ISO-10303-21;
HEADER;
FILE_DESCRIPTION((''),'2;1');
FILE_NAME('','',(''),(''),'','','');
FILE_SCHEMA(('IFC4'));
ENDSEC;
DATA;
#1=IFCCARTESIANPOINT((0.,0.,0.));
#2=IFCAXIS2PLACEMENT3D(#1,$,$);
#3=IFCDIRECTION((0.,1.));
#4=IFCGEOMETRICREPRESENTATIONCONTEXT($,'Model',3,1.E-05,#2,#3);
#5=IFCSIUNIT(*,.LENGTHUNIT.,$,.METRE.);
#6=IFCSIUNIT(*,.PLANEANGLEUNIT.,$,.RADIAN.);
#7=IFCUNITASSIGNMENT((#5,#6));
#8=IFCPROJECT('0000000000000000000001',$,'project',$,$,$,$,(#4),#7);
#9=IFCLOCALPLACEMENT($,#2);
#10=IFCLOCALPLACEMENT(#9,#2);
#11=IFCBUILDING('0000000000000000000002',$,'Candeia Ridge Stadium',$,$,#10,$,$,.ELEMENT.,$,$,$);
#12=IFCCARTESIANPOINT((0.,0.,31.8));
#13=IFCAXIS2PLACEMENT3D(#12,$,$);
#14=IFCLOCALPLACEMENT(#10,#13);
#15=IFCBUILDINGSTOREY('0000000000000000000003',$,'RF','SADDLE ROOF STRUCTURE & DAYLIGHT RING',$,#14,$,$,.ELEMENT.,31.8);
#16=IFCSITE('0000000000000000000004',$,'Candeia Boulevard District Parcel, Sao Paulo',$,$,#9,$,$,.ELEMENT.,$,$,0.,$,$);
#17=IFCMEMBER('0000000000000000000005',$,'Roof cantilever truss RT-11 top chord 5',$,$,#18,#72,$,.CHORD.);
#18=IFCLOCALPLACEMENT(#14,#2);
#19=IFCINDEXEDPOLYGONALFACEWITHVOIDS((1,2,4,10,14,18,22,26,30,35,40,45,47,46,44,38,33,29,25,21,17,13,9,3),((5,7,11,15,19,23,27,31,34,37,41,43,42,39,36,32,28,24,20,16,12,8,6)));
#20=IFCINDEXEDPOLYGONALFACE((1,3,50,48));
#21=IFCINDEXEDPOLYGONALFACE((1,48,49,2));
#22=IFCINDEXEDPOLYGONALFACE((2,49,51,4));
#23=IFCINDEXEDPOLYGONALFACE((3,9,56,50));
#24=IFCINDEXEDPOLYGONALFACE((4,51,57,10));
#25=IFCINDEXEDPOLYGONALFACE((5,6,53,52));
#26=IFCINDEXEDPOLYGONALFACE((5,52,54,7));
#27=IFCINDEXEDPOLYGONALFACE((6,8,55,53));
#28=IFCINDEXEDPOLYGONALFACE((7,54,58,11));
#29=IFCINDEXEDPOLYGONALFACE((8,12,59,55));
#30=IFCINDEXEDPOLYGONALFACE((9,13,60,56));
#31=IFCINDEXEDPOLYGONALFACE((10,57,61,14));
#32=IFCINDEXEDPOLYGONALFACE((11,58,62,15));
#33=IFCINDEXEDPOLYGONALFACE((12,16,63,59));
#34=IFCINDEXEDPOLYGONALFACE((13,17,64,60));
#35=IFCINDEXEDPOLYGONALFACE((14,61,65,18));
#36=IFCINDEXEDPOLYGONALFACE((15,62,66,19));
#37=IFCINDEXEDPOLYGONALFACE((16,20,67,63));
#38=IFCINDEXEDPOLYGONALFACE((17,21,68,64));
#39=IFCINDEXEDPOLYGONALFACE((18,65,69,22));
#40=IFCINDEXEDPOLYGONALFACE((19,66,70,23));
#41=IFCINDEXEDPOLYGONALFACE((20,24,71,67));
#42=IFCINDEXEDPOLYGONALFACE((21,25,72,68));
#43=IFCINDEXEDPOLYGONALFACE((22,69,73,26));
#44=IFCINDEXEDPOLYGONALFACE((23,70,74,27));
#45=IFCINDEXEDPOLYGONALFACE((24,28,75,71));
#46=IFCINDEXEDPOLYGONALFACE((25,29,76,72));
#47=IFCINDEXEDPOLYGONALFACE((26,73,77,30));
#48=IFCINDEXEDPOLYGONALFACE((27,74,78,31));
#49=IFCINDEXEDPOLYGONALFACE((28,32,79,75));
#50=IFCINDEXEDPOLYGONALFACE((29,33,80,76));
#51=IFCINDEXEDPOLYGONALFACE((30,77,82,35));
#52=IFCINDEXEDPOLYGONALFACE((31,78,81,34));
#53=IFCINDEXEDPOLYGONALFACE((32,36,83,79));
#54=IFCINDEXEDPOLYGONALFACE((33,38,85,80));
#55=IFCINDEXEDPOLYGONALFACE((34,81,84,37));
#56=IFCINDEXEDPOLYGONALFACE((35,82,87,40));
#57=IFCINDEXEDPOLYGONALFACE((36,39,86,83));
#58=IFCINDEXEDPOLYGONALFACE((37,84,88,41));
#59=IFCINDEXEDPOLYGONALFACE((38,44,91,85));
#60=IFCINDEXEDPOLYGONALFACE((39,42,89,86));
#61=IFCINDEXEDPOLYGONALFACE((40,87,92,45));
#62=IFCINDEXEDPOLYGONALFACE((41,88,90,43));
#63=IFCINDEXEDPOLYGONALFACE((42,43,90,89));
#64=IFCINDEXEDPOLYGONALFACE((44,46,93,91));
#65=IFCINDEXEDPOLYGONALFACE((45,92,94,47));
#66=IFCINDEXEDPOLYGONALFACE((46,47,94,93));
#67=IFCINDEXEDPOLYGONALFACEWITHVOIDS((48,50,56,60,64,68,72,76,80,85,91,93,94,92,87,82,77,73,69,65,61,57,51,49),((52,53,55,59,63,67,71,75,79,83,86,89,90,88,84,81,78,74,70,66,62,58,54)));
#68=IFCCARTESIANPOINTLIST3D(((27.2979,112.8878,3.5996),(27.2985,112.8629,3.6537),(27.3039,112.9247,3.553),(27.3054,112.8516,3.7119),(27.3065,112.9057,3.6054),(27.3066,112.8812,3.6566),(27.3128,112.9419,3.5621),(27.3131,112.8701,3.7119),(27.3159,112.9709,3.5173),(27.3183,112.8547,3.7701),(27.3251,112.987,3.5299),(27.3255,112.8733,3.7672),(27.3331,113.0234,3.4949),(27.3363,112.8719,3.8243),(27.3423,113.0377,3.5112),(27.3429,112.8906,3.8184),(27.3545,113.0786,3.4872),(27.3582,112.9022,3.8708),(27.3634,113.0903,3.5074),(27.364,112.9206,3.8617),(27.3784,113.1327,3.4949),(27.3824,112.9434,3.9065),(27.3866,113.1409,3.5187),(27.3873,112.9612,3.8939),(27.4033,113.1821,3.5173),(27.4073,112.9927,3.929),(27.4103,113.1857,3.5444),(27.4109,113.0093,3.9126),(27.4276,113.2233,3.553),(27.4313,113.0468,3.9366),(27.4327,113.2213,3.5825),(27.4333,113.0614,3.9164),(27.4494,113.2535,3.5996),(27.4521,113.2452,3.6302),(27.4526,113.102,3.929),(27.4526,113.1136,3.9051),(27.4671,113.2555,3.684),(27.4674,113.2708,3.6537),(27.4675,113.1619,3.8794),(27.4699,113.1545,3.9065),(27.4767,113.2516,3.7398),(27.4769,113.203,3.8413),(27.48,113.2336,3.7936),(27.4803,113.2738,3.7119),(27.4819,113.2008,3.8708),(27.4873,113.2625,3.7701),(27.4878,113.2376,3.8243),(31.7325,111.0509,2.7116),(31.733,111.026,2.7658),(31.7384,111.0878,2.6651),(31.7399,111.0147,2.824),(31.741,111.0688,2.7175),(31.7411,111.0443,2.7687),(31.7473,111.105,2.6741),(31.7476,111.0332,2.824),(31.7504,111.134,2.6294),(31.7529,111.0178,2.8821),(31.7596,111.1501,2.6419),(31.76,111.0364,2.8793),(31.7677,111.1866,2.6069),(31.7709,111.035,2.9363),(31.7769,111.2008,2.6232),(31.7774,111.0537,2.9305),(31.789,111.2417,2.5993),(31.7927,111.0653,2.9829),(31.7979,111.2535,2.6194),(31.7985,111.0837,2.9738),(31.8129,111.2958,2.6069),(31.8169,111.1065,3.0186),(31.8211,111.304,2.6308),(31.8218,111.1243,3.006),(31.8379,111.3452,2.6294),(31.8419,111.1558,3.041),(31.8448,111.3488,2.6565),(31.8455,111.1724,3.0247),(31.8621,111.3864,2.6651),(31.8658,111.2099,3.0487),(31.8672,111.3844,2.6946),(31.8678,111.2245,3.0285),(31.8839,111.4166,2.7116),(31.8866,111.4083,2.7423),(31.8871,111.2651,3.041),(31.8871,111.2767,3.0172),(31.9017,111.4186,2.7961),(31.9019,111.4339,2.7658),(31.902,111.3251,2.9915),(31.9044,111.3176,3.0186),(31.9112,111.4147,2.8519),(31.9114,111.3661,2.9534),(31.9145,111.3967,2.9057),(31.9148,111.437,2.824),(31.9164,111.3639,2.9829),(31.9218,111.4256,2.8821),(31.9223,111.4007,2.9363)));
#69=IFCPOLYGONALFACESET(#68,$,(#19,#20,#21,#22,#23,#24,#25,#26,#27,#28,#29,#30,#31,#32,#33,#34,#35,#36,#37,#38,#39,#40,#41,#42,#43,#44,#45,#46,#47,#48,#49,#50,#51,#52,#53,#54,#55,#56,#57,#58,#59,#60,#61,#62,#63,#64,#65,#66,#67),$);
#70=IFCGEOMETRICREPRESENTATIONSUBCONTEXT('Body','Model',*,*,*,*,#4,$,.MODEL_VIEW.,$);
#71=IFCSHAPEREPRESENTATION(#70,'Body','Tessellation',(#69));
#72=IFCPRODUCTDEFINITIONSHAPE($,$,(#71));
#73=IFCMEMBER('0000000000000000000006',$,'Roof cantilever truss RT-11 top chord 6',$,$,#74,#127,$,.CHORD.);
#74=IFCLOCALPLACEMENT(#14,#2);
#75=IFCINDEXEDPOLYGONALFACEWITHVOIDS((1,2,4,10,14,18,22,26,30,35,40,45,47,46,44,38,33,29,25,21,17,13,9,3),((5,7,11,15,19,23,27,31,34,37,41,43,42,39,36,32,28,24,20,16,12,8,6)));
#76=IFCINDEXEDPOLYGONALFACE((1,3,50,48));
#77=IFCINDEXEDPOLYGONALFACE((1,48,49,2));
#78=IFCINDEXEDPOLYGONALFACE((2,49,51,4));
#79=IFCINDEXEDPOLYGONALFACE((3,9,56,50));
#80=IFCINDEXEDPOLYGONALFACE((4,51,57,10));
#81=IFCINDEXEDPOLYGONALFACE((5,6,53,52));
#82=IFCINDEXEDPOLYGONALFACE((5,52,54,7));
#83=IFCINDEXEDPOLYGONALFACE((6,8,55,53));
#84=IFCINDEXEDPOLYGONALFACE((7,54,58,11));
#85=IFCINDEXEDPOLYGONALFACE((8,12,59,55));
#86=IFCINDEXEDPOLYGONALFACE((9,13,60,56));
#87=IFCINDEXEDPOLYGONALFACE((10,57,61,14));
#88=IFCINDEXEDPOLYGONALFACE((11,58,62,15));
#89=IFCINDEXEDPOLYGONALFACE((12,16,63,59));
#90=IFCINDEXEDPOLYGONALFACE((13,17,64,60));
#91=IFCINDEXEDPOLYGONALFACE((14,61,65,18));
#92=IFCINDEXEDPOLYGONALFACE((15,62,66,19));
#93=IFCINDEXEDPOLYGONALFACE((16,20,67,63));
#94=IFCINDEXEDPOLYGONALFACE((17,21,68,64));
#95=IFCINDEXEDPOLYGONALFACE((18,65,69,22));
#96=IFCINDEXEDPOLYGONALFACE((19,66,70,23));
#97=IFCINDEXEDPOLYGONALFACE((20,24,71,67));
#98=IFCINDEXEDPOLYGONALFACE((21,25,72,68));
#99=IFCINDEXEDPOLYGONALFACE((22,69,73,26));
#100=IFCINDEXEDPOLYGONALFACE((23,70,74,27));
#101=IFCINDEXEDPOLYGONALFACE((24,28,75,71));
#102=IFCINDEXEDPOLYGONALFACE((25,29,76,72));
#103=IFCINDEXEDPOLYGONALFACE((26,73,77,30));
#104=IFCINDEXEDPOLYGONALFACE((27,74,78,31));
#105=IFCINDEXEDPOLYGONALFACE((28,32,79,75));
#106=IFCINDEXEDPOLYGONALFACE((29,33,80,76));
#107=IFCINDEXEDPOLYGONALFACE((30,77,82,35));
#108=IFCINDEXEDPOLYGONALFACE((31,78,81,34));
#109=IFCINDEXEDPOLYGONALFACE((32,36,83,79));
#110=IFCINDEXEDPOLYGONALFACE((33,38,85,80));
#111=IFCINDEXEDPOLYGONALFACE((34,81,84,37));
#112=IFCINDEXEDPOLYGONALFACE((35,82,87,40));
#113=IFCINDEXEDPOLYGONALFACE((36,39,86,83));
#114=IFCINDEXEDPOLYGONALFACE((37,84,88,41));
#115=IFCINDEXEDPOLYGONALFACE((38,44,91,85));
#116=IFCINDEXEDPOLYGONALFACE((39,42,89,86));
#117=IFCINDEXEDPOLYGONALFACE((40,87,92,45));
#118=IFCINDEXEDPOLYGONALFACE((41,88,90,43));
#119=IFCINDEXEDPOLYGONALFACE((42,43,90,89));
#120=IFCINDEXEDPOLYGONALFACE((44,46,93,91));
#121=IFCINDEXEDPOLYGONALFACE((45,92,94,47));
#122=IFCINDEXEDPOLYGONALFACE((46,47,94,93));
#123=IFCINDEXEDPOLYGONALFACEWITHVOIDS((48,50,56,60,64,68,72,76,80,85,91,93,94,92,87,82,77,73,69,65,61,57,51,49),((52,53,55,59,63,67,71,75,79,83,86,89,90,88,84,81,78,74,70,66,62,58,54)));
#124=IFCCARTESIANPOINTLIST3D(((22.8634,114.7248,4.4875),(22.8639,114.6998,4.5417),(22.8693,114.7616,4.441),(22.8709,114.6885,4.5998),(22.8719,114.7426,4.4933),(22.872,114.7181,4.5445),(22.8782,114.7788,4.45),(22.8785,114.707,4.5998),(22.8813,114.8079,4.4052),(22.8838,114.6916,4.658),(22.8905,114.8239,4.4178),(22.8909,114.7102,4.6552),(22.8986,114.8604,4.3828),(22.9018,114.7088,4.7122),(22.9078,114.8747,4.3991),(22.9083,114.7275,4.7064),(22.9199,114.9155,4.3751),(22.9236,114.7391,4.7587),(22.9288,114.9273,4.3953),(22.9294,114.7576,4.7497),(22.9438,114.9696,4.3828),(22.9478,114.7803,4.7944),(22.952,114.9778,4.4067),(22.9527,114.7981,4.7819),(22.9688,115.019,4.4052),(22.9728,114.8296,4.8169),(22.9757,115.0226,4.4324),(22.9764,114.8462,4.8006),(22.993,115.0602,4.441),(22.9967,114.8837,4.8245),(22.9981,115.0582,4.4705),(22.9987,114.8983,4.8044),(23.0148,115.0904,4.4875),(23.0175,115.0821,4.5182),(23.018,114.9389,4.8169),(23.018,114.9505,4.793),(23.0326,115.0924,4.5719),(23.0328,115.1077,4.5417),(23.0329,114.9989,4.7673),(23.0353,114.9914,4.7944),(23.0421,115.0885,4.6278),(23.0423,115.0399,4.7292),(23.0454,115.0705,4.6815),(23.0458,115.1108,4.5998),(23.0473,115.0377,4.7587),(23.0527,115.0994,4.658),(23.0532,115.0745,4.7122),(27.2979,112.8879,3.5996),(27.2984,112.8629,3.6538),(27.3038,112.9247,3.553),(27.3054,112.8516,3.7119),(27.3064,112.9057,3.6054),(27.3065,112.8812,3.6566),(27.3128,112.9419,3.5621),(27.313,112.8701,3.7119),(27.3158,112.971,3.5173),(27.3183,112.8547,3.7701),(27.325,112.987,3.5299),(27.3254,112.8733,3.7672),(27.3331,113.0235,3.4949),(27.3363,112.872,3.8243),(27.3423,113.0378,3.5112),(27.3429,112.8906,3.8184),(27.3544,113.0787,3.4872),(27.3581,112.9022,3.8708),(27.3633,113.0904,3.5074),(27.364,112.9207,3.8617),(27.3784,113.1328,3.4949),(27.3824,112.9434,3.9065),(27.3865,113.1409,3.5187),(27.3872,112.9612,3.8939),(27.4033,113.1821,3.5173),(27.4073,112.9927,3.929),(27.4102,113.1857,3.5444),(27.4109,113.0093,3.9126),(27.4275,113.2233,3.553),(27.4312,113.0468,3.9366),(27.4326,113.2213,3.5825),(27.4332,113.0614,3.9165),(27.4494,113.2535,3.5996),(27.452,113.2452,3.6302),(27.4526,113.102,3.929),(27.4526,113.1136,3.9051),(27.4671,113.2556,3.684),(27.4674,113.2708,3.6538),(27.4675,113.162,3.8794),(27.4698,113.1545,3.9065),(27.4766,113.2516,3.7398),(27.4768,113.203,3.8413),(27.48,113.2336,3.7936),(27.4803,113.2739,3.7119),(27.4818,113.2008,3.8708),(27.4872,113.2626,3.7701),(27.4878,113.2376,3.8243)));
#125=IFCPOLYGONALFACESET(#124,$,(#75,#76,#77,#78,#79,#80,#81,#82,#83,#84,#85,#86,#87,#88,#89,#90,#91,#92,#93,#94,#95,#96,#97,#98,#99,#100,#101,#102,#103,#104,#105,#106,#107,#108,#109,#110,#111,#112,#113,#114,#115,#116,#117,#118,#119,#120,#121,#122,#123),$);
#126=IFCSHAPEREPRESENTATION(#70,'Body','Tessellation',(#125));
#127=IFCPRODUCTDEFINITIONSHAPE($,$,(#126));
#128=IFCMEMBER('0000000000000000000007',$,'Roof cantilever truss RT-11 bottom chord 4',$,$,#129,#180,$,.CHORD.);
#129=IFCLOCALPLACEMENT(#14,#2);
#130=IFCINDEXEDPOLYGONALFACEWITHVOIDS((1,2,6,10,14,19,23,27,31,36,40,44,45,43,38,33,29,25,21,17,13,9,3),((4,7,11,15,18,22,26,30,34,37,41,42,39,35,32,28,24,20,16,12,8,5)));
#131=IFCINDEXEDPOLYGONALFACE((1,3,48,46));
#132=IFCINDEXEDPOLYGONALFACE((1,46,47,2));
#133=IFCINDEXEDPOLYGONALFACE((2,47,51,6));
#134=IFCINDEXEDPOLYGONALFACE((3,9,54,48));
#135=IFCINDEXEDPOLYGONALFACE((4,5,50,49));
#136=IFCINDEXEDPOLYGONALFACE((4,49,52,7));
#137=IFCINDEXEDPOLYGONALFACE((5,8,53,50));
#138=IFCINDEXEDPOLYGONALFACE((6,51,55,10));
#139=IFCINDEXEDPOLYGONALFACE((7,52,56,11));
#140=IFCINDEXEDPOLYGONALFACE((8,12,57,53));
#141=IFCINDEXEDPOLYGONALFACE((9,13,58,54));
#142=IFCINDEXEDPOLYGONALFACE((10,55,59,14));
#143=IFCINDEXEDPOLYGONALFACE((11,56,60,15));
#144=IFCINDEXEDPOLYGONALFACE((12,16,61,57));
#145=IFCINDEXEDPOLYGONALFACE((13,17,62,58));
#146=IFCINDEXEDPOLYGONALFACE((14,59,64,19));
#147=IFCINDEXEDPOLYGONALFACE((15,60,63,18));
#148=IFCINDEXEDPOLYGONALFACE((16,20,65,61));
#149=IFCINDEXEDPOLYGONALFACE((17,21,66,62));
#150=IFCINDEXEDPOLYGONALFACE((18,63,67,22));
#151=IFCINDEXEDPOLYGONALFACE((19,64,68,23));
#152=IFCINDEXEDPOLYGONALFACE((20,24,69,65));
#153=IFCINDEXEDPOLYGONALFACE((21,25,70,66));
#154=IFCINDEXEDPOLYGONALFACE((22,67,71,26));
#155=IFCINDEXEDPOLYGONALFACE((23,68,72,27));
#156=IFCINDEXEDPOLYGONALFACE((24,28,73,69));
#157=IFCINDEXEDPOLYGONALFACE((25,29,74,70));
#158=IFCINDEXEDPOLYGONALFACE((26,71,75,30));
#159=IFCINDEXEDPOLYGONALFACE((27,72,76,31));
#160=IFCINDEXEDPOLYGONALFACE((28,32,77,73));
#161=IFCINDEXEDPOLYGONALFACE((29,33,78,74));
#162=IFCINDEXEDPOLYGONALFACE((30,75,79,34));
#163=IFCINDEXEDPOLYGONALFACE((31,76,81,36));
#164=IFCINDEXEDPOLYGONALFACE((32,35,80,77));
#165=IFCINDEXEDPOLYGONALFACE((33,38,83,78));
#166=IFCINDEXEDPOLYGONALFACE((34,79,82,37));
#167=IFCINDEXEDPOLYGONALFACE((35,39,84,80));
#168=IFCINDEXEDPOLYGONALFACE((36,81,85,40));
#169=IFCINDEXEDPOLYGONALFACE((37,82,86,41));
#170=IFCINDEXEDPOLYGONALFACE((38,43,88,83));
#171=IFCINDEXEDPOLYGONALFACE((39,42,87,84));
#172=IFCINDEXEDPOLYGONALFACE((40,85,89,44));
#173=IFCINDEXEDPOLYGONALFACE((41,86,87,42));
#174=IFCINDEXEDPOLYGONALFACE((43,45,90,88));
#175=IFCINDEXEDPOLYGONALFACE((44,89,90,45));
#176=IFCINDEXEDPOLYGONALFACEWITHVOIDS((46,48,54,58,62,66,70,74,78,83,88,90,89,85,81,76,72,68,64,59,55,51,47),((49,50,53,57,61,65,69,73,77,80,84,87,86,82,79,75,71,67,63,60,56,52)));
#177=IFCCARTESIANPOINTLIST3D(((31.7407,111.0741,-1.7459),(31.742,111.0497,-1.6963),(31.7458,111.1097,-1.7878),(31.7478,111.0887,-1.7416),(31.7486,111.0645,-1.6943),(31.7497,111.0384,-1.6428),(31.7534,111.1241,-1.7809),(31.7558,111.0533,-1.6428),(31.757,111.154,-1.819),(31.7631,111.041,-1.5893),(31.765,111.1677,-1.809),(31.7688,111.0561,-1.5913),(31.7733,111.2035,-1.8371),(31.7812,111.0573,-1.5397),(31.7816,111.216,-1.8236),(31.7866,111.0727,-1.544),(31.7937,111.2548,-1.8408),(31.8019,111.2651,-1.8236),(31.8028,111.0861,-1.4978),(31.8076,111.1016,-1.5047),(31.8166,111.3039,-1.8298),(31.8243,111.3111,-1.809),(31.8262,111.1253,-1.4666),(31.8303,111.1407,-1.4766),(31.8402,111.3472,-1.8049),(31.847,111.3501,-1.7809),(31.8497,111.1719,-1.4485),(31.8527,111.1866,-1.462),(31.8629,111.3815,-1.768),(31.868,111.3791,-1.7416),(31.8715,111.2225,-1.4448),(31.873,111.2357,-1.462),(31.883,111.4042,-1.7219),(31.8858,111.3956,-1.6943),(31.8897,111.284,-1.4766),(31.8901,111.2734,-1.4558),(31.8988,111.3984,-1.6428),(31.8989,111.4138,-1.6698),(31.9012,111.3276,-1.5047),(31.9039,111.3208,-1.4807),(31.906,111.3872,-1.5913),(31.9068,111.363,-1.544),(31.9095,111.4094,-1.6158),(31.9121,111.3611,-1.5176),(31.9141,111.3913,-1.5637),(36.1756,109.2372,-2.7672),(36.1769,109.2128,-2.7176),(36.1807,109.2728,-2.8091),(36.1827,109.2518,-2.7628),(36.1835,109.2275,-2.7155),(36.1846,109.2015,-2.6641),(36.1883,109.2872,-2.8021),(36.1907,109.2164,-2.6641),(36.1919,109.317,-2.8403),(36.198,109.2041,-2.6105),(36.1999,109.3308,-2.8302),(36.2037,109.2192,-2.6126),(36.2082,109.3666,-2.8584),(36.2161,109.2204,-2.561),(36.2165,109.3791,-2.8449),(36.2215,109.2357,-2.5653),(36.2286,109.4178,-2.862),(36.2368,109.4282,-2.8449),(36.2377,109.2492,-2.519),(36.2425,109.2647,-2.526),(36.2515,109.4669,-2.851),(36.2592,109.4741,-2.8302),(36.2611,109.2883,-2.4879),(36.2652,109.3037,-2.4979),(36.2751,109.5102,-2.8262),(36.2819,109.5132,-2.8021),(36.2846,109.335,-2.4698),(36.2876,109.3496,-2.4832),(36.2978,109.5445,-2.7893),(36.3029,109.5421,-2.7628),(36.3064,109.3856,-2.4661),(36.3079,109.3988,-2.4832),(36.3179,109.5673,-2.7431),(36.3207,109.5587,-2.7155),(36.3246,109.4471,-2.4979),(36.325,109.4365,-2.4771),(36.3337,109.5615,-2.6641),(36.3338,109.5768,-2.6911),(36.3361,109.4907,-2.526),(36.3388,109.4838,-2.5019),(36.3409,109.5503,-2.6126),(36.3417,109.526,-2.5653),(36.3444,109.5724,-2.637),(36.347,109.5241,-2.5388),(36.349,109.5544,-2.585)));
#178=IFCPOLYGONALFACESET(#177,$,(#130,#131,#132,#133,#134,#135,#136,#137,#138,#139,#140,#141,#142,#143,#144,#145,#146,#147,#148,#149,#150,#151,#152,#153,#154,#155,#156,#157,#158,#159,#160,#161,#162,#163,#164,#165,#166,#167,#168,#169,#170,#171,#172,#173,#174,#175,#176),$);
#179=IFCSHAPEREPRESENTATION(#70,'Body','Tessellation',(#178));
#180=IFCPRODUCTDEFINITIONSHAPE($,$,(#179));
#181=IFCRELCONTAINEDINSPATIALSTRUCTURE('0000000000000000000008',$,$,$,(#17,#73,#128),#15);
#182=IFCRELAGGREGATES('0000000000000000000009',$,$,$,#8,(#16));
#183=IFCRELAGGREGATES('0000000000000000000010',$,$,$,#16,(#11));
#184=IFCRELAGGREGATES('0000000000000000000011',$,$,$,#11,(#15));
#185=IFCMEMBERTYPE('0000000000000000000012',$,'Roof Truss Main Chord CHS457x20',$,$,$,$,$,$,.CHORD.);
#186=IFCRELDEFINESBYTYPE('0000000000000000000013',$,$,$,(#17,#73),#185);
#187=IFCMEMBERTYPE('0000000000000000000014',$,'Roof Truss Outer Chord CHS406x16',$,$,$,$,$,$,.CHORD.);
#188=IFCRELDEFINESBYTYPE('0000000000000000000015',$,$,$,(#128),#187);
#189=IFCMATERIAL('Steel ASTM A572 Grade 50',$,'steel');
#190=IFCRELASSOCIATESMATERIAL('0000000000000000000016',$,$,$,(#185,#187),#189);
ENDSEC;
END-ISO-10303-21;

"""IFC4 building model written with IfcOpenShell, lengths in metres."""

from ifc_helpers import new_model, si_unit, direction, frame, origin, origin_2d, place, context, subcontext, project, spatial, hollow_circle, extrude, material, material_profile, profile_set, type_object, element, save


model = new_model("IFC4")

# Units and contexts
model_context = context("Model", 3, precision=1e-05, world=origin(), true_north=direction((0.0, 1.0)))
body_context = subcontext(model_context, "Body", "Model", "MODEL_VIEW")
ifc_project = project(units=[si_unit("LENGTHUNIT", "METRE"), si_unit("PLANEANGLEUNIT", "RADIAN")], contexts=[model_context])

# Site, building, storey
site_placement = place(None, origin())
site = spatial("IfcSite", under=ifc_project, at=site_placement, Name="Candeia Boulevard District Parcel, Sao Paulo", CompositionType="ELEMENT", RefElevation=0.0)
building_placement = place(site_placement, origin())
building = spatial("IfcBuilding", under=site, at=building_placement, Name="Candeia Ridge Stadium", CompositionType="ELEMENT")
storey_placement = place(building_placement, frame((0.0, 0.0, 31.8)))
storey = spatial("IfcBuildingStorey", under=building, at=storey_placement, Name="RF", Description="SADDLE ROOF STRUCTURE & DAYLIGHT RING", CompositionType="ELEMENT", Elevation=31.8)

# Shared definitions
ifc_material_1 = material(Name="Steel ASTM A572 Grade 50", Category="steel")

# Members
ifc_material_profile_1 = material_profile(ifc_material_1, hollow_circle(Radius=0.2285, WallThickness=0.02, at=origin_2d()), Name="CHS457x20", Category="steel")
ifc_profile_set_1 = profile_set([ifc_material_profile_1], Name="Steel ASTM A572 Grade 50")
member_type_1 = type_object("IfcMemberType", Name="Roof Truss Main Chord CHS457x20", PredefinedType="CHORD", material=ifc_profile_set_1)
for number, where, z_axis, x_axis, name in (
    (1, (31.8274, 111.2258, 2.824), (-0.908462, 0.376309, 0.181902), (-0.382693, -0.923875, 0.0), "Roof cantilever truss RT-11 top chord 5"),
    (2, (27.3928, 113.0627, 3.7119), (-0.908462, 0.376309, 0.181902), (-0.382693, -0.923875, 0.0), "Roof cantilever truss RT-11 top chord 6"),
):
    element("IfcMember", number, at=place(storey_placement, frame(where, z_axis=z_axis, x_axis=x_axis)), inside=storey, type_object=member_type_1, Name=name, PredefinedType="CHORD", context=body_context, shape_type="SweptSolid", body=[
        extrude(hollow_circle(Radius=0.2285, WallThickness=0.02, at=origin_2d()), origin(), (0.0, 0.0, 1.0), 4.8813),
    ])
ifc_material_profile_2 = material_profile(ifc_material_1, hollow_circle(Radius=0.2029, WallThickness=0.0161, at=origin_2d()), Name="CHS406x16", Category="steel")
ifc_profile_set_2 = profile_set([ifc_material_profile_2], Name="Steel ASTM A572 Grade 50")
member_type_2 = type_object("IfcMemberType", Name="Roof Truss Outer Chord CHS406x16", PredefinedType="CHORD", material=ifc_profile_set_2)
member_1_placement = place(storey_placement, frame((36.2622, 109.3889, -2.6641), z_axis=(-0.903658, 0.374298, 0.208093), x_axis=(-0.382675, -0.923883, 0.0)))
element("IfcMember", 3, at=member_1_placement, inside=storey, type_object=member_type_2, Name="Roof cantilever truss RT-11 bottom chord 4", PredefinedType="CHORD", context=body_context, shape_type="SweptSolid", body=[
    extrude(hollow_circle(Radius=0.2029, WallThickness=0.0161, at=origin_2d()), origin(), (0.0, 0.0, 1.0), 4.9077),
])

save(model, "model.ifc")
